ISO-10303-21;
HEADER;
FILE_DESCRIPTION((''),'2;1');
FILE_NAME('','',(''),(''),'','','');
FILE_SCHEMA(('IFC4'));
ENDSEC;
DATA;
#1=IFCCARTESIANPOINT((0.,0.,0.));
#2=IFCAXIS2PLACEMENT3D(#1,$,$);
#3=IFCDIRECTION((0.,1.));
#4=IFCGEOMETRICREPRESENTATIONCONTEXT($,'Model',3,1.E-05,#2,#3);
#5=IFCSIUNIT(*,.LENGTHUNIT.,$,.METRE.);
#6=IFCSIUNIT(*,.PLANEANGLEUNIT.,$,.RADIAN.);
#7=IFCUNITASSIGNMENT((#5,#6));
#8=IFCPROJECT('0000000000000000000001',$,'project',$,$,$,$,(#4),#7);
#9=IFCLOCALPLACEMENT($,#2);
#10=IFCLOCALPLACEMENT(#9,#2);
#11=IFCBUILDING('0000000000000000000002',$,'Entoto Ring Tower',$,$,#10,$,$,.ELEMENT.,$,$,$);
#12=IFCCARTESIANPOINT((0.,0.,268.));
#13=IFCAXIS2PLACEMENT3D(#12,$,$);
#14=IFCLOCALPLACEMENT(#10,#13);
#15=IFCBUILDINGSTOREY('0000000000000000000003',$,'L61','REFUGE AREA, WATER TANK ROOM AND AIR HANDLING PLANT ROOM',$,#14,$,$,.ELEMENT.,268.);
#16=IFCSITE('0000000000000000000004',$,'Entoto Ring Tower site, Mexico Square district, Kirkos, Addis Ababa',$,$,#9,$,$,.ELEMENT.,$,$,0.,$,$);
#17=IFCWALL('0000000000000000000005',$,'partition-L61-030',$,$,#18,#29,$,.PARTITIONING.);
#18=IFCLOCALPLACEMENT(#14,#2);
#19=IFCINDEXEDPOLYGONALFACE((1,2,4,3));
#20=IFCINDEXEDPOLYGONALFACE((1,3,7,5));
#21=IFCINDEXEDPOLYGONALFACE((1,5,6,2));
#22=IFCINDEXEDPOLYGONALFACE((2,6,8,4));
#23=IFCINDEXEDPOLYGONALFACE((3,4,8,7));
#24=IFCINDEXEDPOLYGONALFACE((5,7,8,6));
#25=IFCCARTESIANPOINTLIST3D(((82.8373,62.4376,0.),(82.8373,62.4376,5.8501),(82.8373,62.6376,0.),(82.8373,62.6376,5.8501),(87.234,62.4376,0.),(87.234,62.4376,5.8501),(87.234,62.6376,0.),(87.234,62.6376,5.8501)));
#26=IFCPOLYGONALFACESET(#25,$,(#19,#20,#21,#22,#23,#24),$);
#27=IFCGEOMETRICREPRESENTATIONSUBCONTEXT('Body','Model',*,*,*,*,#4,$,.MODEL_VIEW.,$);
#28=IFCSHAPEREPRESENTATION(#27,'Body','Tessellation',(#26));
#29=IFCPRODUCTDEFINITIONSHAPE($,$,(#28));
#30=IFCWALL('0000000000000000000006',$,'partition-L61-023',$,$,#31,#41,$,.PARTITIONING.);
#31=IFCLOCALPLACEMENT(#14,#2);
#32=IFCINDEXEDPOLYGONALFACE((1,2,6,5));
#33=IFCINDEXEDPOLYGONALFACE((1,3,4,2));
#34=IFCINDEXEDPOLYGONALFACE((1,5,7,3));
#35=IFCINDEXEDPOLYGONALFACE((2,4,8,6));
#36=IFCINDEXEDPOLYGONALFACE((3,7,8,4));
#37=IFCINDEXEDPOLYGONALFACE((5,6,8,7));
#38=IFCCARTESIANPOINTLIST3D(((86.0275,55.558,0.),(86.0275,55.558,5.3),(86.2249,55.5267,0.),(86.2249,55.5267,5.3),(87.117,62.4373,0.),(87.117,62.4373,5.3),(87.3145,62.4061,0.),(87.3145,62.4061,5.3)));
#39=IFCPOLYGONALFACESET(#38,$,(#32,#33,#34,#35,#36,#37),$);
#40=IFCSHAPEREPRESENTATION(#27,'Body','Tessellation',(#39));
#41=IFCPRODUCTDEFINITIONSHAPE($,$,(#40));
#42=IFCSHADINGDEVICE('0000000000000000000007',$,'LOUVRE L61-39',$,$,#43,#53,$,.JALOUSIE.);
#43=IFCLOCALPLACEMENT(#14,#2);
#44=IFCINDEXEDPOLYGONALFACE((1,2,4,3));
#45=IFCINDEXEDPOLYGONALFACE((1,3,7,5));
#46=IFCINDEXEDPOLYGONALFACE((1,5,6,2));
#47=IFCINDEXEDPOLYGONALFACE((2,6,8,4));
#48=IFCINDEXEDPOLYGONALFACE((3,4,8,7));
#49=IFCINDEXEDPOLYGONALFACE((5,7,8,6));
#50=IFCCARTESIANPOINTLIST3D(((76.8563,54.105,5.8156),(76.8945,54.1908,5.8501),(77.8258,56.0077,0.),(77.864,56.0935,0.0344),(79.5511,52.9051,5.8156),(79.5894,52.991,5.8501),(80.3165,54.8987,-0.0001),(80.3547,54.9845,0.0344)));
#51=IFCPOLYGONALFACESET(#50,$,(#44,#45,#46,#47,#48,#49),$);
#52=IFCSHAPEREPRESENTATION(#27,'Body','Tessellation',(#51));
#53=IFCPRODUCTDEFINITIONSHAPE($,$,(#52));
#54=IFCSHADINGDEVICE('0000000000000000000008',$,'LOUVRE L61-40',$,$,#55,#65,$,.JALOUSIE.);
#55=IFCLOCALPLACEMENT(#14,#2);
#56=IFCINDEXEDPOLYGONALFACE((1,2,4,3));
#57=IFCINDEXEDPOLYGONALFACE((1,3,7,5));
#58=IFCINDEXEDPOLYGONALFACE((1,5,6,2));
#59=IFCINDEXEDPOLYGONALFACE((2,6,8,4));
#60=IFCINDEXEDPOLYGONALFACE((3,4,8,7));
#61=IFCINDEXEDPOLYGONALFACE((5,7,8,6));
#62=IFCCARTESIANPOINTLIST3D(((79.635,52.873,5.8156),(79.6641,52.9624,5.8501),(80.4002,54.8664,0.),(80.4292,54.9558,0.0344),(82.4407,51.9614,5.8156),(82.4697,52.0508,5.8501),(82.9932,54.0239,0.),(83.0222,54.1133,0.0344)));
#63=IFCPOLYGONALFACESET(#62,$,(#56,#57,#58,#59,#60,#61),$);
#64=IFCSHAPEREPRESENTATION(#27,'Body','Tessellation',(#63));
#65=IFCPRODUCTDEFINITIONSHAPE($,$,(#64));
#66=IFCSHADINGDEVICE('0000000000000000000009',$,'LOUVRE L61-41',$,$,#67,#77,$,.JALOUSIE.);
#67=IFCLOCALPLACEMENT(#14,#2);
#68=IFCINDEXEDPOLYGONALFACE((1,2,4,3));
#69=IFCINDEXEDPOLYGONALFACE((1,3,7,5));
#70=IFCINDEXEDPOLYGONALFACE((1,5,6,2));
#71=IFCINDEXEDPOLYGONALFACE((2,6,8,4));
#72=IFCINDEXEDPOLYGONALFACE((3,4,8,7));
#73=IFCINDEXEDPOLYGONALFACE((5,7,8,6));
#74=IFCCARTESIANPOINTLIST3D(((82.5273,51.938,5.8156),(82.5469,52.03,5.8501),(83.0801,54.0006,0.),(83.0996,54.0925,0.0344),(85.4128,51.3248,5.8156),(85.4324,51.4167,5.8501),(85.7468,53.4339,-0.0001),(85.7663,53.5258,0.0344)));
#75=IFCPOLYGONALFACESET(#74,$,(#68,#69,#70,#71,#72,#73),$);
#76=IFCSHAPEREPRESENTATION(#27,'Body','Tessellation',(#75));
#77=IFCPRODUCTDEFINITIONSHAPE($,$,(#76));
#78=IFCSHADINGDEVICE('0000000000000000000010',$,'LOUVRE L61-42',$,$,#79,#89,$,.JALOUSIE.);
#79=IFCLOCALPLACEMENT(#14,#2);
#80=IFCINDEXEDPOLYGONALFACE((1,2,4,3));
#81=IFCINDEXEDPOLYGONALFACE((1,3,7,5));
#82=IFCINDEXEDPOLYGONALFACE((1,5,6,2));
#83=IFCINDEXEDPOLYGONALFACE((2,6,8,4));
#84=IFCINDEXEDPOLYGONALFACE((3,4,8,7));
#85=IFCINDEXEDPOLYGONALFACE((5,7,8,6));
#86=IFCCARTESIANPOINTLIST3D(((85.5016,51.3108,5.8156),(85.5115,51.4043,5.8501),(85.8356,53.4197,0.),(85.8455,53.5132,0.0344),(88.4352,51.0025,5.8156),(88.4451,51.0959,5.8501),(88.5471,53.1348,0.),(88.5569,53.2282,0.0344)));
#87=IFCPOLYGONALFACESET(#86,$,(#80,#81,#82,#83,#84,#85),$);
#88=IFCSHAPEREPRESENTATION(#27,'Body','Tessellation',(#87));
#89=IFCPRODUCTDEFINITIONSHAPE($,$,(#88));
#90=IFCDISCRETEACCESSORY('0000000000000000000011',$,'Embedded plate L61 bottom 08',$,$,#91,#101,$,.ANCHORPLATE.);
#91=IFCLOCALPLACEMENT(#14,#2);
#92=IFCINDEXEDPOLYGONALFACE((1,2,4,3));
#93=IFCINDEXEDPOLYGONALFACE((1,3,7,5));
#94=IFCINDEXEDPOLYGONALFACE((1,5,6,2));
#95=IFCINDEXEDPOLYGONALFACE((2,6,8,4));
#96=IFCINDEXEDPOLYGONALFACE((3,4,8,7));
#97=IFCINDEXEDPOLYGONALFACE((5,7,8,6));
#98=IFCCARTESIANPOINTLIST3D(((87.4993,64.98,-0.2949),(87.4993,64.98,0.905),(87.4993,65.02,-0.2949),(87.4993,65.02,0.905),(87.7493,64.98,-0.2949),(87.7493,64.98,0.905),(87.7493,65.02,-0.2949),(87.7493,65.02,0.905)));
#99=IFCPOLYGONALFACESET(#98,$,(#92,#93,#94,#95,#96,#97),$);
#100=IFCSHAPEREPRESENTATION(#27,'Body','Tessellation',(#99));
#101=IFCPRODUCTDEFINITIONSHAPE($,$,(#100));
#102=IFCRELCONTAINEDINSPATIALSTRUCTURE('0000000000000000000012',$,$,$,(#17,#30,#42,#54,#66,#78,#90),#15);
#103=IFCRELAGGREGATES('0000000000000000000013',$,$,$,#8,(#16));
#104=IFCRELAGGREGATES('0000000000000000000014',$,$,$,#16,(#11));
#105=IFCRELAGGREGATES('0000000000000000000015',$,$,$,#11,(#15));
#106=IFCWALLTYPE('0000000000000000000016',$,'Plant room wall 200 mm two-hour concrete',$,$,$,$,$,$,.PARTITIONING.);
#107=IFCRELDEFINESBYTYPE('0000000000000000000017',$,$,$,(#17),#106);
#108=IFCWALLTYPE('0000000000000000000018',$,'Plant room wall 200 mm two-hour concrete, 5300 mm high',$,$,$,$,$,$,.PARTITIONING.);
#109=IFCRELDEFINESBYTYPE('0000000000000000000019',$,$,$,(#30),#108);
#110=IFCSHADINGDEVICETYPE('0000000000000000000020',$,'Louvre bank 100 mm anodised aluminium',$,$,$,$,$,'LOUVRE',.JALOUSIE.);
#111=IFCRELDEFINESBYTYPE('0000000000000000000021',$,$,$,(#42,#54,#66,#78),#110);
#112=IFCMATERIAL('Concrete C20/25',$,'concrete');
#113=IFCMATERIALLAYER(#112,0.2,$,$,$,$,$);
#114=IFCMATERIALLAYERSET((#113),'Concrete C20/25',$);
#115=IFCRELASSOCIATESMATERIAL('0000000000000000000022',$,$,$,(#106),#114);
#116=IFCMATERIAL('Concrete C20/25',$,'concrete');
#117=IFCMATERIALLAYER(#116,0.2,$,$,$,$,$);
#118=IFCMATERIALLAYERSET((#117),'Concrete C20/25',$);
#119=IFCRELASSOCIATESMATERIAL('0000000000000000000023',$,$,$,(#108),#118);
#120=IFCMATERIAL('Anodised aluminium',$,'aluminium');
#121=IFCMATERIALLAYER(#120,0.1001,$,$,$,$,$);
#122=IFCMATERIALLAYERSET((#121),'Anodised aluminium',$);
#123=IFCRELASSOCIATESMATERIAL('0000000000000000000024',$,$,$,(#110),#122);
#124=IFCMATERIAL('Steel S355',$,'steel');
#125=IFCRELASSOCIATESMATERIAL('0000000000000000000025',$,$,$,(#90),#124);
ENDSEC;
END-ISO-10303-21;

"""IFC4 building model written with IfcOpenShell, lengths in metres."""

from ifc_helpers import new_model, si_unit, direction, frame, frame_2d, origin, origin_2d, place, context, subcontext, project, spatial, polyline, rectangle, outline, extrude, material, layer, layer_set, type_object, element, save


model = new_model("IFC4")

# Units and contexts
model_context = context("Model", 3, precision=1e-05, world=origin(), true_north=direction((0.0, 1.0)))
body_context = subcontext(model_context, "Body", "Model", "MODEL_VIEW")
ifc_project = project(units=[si_unit("LENGTHUNIT", "METRE"), si_unit("PLANEANGLEUNIT", "RADIAN")], contexts=[model_context])

# Site, building, storey
site_placement = place(None, origin())
site = spatial("IfcSite", under=ifc_project, at=site_placement, Name="Entoto Ring Tower site, Mexico Square district, Kirkos, Addis Ababa", CompositionType="ELEMENT", RefElevation=0.0)
building_placement = place(site_placement, origin())
building = spatial("IfcBuilding", under=site, at=building_placement, Name="Entoto Ring Tower", CompositionType="ELEMENT")
storey_placement = place(building_placement, frame((0.0, 0.0, 268.0)))
storey = spatial("IfcBuildingStorey", under=building, at=storey_placement, Name="L61", Description="REFUGE AREA, WATER TANK ROOM AND AIR HANDLING PLANT ROOM", CompositionType="ELEMENT", Elevation=268.0)

# Shared definitions
ifc_material_1 = material(Name="Concrete C20/25", Category="concrete")
ifc_layer_1 = layer(ifc_material_1, 0.2)
ifc_layer_set_1 = layer_set([ifc_layer_1], Name="Concrete C20/25")
wall_type_1 = type_object("IfcWallType", Name="Plant room wall 200 mm two-hour concrete", PredefinedType="PARTITIONING", material=ifc_layer_set_1)

# Walls
wall_1_placement = place(storey_placement, frame((82.8374, 62.5376, 0.0), z_axis=(0.0, 0.0, 1.0), x_axis=(1.0, 0.0, 0.0)))
element("IfcWall", 1, at=wall_1_placement, inside=storey, type_object=wall_type_1, Name="partition-L61-030", PredefinedType="PARTITIONING", context=body_context, shape_type="SweptSolid", body=[
    extrude(rectangle(XDim=4.3967, YDim=0.2, at=frame_2d((2.1982, 0.0))), origin(), (0.0, 0.0, 1.0), 5.8501),
])
ifc_material_2 = material(Name="Concrete C20/25", Category="concrete")
ifc_layer_2 = layer(ifc_material_2, 0.2)
ifc_layer_set_2 = layer_set([ifc_layer_2], Name="Concrete C20/25")
wall_type_2 = type_object("IfcWallType", Name="Plant room wall 200 mm two-hour concrete, 5300 mm high", PredefinedType="PARTITIONING", material=ifc_layer_set_2)
wall_2_placement = place(storey_placement, frame((86.1262, 55.5425, 0.0), z_axis=(0.0, 0.0, 1.0), x_axis=(0.156436, 0.987688, 0.0)))
element("IfcWall", 2, at=wall_2_placement, inside=storey, type_object=wall_type_2, Name="partition-L61-023", PredefinedType="PARTITIONING", context=body_context, shape_type="SweptSolid", body=[
    extrude(rectangle(XDim=6.9651, YDim=0.2, at=frame_2d((3.4824, 0.0))), origin(), (0.0, 0.0, 1.0), 5.3),
])

# Shading devices
ifc_material_3 = material(Name="Anodised aluminium", Category="aluminium")
ifc_layer_3 = layer(ifc_material_3, 0.1001)
ifc_layer_set_3 = layer_set([ifc_layer_3], Name="Anodised aluminium")
shading_device_type = type_object("IfcShadingDeviceType", Name="Louvre bank 100 mm anodised aluminium", ElementType="LOUVRE", PredefinedType="JALOUSIE", material=ifc_layer_set_3)
shading_device_1_placement = place(storey_placement, frame((77.864, 56.0935, 0.0344), z_axis=(0.381885, 0.857696, 0.344269), x_axis=(0.913542, -0.406746, -0.00001)))
element("IfcShadingDevice", 3, at=shading_device_1_placement, inside=storey, type_object=shading_device_type, Name="LOUVRE L61-39", PredefinedType="JALOUSIE", context=body_context, shape_type="SweptSolid", body=[
    extrude(outline(polyline([(0.0, 0.0), (2.7264, 0.0), (2.8381, -6.1944), (-0.1119, -6.1943), (0.0, 0.0)])), origin(), (0.0, 0.0, -1.0), 0.1001),
])
shading_device_2_placement = place(storey_placement, frame((80.4292, 54.9558, 0.0344), z_axis=(0.290133, 0.89293, 0.344236), x_axis=(0.951056, -0.309019, 0.0)))
element("IfcShadingDevice", 4, at=shading_device_2_placement, inside=storey, type_object=shading_device_type, Name="LOUVRE L61-40", PredefinedType="JALOUSIE", context=body_context, shape_type="SweptSolid", body=[
    extrude(outline(polyline([(0.0, 0.0), (2.7265, 0.0), (2.8384, -6.1942), (-0.1117, -6.1942), (0.0, 0.0)])), origin(), (0.0, 0.0, -1.0), 0.1001),
])
shading_device_3_placement = place(storey_placement, frame((83.0996, 54.0925, 0.0344), z_axis=(0.195166, 0.918367, 0.344255), x_axis=(0.978157, -0.207869, -0.000008)))
element("IfcShadingDevice", 5, at=shading_device_3_placement, inside=storey, type_object=shading_device_type, Name="LOUVRE L61-41", PredefinedType="JALOUSIE", context=body_context, shape_type="SweptSolid", body=[
    extrude(outline(polyline([(0.0, 0.0), (2.7263, 0.0), (2.838, -6.1943), (-0.112, -6.1943), (0.0, 0.0)])), origin(), (0.0, 0.0, -1.0), 0.1001),
])
shading_device_4_placement = place(storey_placement, frame((85.8455, 53.5132, 0.0344), z_axis=(0.098131, 0.933741, 0.344237), x_axis=(0.994523, -0.104517, -0.000005)))
element("IfcShadingDevice", 6, at=shading_device_4_placement, inside=storey, type_object=shading_device_type, Name="LOUVRE L61-42", PredefinedType="JALOUSIE", context=body_context, shape_type="SweptSolid", body=[
    extrude(outline(polyline([(0.0, 0.0), (2.7264, 0.0), (2.838, -6.1943), (-0.1118, -6.1942), (0.0, 0.0)])), origin(), (0.0, 0.0, -1.0), 0.1001),
])

# Discrete accessory
ifc_material_4 = material(Name="Steel S355", Category="steel")
discrete_accessory_placement = place(storey_placement, frame((87.6243, 65.0, -0.2949), z_axis=(0.0, 0.0, 1.0), x_axis=(0.0, -1.0, 0.0)))
element("IfcDiscreteAccessory", 7, at=discrete_accessory_placement, inside=storey, material=ifc_material_4, Name="Embedded plate L61 bottom 08", PredefinedType="ANCHORPLATE", context=body_context, shape_type="SweptSolid", body=[
    extrude(rectangle(XDim=0.04, YDim=0.25, at=origin_2d()), origin(), (0.0, 0.0, 1.0), 1.2),
])

save(model, "model.ifc")
